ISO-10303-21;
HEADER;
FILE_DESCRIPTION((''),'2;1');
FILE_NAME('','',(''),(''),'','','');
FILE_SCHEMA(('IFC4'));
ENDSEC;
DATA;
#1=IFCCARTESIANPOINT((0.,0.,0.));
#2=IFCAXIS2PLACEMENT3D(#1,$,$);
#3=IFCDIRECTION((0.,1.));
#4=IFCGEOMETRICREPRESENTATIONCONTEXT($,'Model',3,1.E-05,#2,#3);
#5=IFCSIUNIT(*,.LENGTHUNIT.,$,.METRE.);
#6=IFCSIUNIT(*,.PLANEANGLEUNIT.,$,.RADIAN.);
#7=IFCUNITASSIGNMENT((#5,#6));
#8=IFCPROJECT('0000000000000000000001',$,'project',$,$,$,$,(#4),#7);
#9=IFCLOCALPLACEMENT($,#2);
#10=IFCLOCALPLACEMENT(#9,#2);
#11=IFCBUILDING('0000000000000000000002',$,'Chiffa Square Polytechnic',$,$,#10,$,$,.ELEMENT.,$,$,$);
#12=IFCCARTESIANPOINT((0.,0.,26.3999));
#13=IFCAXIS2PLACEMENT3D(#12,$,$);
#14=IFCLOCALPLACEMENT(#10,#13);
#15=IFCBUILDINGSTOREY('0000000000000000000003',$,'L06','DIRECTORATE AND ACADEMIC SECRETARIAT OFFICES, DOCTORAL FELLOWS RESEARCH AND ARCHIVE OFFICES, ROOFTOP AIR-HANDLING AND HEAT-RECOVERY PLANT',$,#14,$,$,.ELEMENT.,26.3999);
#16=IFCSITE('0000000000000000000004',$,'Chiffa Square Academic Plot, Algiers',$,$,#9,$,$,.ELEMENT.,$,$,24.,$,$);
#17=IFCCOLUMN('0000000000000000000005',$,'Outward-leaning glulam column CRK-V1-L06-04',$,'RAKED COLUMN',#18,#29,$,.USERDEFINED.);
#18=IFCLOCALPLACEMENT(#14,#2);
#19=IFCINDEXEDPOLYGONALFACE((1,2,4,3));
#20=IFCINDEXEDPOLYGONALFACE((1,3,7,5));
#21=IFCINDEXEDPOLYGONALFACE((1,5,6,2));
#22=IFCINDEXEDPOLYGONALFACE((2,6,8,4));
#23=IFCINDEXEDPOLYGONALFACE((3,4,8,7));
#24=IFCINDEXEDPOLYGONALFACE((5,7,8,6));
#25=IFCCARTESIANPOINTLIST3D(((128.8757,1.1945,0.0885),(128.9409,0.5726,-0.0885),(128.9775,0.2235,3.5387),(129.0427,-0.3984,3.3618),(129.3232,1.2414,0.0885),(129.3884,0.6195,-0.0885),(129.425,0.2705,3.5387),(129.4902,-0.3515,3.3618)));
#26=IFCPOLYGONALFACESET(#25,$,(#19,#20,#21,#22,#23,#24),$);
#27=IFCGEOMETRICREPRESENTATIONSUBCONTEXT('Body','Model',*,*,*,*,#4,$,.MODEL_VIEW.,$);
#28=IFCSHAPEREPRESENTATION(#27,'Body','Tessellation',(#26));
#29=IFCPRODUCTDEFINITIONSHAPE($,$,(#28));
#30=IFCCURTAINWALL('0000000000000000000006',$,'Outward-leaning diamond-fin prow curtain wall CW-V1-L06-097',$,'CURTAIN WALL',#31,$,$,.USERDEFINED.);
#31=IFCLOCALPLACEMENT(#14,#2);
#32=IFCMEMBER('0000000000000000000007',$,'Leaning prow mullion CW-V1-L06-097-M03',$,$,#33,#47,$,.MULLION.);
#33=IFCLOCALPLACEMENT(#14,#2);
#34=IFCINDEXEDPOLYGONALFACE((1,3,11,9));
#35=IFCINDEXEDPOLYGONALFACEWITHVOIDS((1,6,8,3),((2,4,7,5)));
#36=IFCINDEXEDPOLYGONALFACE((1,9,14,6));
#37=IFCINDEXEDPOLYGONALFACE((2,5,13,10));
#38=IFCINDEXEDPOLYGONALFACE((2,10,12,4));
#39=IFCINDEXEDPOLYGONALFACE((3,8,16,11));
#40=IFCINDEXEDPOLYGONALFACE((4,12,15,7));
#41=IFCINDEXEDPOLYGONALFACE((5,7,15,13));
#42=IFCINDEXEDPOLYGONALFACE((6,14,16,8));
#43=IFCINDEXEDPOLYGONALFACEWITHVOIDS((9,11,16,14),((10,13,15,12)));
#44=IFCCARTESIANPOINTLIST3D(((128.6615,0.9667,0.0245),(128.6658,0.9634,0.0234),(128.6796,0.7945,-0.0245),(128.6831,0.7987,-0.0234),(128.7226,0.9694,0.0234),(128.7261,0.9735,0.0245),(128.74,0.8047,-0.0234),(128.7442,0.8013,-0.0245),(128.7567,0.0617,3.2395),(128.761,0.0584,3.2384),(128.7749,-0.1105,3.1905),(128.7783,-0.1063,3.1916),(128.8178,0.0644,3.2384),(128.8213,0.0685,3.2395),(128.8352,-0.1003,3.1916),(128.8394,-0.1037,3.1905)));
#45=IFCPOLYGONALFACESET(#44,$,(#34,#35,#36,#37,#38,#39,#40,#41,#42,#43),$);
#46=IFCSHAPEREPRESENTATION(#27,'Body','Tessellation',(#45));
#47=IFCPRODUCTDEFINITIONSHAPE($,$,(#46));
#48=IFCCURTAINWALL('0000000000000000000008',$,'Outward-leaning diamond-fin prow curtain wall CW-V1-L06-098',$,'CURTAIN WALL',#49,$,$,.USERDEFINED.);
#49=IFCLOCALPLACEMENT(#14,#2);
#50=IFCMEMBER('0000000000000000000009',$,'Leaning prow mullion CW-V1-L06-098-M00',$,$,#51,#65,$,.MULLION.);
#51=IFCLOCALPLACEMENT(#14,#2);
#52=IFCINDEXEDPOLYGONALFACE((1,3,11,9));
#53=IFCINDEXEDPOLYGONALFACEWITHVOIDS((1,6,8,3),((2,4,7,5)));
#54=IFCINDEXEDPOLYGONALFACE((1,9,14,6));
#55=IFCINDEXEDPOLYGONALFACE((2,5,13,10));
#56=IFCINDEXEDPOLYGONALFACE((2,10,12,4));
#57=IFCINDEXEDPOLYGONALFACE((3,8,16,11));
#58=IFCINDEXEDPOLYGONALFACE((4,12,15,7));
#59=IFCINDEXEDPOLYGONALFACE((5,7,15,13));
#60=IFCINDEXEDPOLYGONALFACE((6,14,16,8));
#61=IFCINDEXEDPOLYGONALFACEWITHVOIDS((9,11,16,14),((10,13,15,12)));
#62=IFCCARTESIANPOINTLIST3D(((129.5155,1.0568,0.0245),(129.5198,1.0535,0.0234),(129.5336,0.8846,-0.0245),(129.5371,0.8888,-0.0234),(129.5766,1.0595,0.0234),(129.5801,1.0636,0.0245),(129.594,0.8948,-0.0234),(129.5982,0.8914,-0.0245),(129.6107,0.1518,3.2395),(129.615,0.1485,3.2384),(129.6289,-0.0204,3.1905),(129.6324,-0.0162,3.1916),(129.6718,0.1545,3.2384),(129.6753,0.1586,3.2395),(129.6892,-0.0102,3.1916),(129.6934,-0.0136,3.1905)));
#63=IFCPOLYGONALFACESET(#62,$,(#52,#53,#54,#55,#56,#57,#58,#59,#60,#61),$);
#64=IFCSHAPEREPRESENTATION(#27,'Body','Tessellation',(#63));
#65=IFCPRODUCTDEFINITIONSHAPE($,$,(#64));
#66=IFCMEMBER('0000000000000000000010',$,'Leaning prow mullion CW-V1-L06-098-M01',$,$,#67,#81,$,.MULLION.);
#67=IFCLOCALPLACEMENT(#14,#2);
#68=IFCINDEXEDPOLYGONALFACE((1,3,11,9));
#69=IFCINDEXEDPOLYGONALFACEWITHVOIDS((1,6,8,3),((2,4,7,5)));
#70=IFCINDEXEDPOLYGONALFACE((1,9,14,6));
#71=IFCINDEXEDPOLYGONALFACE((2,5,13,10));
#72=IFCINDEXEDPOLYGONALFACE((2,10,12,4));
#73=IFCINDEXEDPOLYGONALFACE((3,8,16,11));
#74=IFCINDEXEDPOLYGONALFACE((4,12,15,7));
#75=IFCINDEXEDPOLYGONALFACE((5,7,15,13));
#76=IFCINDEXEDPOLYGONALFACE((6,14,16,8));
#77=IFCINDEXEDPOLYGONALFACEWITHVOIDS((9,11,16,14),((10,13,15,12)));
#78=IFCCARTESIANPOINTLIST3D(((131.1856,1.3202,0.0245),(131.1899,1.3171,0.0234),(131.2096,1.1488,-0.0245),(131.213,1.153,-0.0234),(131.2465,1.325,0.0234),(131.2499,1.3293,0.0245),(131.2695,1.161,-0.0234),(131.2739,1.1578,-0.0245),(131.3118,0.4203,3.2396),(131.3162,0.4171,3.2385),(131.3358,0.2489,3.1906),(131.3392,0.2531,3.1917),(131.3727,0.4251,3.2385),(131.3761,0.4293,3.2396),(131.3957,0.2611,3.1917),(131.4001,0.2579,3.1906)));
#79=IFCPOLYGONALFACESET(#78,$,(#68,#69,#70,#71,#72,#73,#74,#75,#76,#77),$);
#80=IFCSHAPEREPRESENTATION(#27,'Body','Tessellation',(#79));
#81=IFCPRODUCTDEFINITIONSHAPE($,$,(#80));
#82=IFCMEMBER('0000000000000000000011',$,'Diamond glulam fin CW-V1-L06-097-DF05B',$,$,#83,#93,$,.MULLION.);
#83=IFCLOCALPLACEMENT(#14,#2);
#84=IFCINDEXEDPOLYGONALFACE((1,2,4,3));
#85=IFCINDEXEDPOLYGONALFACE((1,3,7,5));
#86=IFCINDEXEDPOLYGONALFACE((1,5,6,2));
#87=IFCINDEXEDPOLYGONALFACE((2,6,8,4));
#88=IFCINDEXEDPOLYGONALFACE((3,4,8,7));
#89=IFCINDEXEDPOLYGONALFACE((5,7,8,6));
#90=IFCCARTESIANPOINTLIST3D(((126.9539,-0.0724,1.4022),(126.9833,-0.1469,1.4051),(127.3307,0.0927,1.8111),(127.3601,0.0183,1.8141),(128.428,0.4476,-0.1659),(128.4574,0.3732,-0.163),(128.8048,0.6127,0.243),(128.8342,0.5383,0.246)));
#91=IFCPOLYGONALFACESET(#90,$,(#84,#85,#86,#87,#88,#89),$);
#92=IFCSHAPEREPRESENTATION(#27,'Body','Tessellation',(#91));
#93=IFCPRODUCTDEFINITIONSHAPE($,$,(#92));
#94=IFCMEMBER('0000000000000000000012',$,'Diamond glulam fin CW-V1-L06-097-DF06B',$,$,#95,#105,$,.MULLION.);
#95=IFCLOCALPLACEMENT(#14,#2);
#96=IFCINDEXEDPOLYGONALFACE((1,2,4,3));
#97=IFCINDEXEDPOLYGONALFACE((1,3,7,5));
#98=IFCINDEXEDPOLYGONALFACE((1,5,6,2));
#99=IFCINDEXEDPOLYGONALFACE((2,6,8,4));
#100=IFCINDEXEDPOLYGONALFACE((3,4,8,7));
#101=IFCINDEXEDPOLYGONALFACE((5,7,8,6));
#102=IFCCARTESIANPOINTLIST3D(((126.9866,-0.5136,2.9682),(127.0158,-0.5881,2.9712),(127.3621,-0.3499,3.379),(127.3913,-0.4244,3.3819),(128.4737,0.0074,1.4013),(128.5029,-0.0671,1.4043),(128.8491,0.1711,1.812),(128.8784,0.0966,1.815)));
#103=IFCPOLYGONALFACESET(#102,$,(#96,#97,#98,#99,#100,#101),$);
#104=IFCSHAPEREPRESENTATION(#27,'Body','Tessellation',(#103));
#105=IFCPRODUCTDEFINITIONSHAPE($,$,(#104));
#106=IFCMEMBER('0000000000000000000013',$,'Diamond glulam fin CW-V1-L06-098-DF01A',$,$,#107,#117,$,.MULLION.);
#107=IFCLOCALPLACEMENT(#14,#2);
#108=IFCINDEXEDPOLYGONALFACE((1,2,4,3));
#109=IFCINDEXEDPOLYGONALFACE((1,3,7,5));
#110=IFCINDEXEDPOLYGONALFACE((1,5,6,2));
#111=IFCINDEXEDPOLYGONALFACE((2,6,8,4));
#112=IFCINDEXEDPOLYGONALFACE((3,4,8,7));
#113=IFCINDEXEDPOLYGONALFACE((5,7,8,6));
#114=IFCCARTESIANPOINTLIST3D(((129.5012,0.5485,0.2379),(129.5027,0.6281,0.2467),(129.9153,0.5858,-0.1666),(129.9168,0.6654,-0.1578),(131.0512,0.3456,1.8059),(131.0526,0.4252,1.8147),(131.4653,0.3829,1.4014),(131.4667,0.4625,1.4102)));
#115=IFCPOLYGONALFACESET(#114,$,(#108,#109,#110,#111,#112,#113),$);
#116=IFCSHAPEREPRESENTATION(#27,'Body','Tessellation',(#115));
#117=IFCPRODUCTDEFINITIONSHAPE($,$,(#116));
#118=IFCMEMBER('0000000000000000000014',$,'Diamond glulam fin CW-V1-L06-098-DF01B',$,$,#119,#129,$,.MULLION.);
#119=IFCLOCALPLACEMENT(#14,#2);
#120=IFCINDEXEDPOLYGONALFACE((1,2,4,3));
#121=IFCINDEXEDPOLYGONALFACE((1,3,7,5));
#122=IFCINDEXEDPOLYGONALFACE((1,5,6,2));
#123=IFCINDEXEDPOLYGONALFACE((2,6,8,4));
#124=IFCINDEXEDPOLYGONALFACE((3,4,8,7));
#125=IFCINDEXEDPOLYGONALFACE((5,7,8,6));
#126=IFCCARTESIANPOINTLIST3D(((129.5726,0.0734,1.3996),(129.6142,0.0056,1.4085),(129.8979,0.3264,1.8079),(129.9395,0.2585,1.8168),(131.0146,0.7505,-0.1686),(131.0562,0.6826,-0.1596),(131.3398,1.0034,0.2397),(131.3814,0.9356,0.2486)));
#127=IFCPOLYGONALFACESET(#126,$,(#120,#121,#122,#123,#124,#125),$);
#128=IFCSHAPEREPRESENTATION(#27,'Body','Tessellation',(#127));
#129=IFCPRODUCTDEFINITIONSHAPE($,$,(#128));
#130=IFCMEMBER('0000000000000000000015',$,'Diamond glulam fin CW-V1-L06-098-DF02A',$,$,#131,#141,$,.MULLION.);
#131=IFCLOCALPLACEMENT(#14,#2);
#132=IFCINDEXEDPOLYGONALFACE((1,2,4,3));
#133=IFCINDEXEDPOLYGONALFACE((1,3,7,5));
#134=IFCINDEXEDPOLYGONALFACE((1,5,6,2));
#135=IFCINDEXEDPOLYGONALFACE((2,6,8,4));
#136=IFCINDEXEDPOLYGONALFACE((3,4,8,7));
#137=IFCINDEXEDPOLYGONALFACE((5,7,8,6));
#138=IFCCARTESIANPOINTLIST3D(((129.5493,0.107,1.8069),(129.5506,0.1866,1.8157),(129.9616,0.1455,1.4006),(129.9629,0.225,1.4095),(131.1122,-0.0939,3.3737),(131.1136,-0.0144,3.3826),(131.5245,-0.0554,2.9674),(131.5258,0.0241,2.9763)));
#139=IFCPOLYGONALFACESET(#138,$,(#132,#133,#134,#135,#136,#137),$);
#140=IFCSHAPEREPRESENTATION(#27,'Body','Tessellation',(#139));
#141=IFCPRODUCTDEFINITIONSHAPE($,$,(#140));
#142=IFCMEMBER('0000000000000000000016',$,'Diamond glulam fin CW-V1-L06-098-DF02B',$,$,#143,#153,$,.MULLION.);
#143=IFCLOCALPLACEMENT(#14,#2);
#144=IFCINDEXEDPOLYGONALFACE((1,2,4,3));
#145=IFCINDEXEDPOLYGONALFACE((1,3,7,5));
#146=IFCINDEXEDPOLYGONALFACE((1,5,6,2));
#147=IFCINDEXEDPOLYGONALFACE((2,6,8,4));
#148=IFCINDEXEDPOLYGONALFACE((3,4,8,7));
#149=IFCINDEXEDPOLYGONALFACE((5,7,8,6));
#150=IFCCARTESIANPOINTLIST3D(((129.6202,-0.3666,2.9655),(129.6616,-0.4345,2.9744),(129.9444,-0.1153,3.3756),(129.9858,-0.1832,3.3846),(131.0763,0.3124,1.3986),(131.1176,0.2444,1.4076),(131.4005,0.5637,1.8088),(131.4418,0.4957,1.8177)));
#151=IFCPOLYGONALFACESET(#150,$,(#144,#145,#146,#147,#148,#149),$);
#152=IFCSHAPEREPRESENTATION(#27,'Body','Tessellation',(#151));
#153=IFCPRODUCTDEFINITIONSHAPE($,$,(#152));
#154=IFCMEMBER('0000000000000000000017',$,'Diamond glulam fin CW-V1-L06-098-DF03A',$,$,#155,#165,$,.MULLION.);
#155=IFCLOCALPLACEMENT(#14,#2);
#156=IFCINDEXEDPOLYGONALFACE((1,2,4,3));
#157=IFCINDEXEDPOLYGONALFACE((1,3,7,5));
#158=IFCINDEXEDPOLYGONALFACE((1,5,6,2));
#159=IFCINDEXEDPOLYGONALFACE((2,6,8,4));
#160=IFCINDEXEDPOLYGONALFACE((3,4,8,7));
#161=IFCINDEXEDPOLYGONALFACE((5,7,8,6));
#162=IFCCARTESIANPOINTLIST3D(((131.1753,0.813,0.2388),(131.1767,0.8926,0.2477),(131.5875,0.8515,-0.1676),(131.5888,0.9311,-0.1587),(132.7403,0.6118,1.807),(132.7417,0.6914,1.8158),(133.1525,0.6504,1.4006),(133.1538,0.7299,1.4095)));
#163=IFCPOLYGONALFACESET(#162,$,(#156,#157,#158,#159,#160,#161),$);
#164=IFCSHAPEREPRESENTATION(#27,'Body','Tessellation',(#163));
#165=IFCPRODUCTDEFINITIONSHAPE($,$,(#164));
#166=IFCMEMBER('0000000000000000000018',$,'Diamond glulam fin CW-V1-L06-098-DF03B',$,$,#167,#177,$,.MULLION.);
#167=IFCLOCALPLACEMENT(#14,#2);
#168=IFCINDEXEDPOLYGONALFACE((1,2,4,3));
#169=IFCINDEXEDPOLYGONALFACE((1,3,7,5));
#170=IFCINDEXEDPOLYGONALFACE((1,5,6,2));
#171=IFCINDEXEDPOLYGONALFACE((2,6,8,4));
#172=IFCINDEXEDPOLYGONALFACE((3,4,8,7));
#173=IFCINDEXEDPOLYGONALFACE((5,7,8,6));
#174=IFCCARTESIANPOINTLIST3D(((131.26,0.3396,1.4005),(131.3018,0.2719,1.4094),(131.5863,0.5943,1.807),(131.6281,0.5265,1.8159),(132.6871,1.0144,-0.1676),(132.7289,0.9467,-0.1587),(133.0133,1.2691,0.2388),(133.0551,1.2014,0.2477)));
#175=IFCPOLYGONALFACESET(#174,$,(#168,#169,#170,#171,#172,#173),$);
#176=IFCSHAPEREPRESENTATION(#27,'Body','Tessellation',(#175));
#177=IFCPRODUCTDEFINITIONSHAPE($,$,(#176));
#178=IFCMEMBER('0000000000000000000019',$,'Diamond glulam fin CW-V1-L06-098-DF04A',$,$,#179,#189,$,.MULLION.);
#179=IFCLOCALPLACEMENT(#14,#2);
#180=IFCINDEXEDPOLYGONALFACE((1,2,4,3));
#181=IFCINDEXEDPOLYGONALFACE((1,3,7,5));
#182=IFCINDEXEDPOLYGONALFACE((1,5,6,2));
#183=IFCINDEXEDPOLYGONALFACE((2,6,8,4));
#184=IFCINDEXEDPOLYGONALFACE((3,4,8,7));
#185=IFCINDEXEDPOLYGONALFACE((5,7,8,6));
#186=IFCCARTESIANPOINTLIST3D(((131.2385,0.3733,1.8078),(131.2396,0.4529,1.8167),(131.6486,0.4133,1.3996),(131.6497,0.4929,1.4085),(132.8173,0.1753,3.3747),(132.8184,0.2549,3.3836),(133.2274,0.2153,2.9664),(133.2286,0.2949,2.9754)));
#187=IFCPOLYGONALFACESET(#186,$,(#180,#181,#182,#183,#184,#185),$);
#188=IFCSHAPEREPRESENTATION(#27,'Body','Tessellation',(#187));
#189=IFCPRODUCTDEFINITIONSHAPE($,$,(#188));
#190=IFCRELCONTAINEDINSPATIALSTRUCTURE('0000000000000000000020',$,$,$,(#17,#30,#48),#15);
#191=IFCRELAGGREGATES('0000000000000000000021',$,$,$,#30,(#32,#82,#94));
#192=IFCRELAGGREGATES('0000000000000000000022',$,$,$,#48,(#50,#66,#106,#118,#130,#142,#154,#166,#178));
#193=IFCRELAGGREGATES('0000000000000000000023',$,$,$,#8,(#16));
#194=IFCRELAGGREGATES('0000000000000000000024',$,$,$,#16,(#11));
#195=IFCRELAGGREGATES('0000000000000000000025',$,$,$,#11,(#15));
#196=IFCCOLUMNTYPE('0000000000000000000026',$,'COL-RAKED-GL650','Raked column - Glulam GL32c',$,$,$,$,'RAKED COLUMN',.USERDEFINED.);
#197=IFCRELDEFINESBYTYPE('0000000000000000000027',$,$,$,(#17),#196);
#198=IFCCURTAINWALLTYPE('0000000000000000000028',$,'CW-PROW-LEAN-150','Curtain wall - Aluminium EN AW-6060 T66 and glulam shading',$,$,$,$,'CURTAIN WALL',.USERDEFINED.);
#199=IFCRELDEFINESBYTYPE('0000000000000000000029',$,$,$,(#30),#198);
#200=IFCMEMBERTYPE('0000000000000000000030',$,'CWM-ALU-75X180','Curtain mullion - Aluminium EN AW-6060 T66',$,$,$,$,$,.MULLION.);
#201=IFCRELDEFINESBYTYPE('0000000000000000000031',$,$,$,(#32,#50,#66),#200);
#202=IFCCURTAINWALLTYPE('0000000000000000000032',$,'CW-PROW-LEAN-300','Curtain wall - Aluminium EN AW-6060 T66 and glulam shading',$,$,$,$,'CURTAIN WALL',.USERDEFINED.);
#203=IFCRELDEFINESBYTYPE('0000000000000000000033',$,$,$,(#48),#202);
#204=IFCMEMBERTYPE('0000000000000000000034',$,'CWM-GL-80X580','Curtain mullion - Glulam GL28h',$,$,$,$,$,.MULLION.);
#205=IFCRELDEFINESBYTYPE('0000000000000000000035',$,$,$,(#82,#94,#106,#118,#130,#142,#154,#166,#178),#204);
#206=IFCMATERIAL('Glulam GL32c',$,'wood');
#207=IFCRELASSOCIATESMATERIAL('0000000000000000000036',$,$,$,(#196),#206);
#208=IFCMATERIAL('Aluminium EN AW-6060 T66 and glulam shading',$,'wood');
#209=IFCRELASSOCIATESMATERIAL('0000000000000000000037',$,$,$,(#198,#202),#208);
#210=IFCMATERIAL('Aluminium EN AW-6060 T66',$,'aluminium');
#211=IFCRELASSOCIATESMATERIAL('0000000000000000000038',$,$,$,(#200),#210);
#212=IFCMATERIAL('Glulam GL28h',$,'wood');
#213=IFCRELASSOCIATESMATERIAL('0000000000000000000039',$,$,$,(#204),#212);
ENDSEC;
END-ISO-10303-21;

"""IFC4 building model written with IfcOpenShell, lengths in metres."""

from ifc_helpers import new_model, si_unit, direction, frame, origin, origin_2d, place, context, subcontext, project, spatial, rectangle, hollow_rectangle, extrude, material, material_profile, profile_set, type_object, element, aggregate, save


model = new_model("IFC4")

# Units and contexts
model_context = context("Model", 3, precision=1e-05, world=origin(), true_north=direction((0.0, 1.0)))
body_context = subcontext(model_context, "Body", "Model", "MODEL_VIEW")
ifc_project = project(units=[si_unit("LENGTHUNIT", "METRE"), si_unit("PLANEANGLEUNIT", "RADIAN")], contexts=[model_context])

# Site, building, storey
site_placement = place(None, origin())
site = spatial("IfcSite", under=ifc_project, at=site_placement, Name="Chiffa Square Academic Plot, Algiers", CompositionType="ELEMENT", RefElevation=24.0)
building_placement = place(site_placement, origin())
building = spatial("IfcBuilding", under=site, at=building_placement, Name="Chiffa Square Polytechnic", CompositionType="ELEMENT")
storey_placement = place(building_placement, frame((0.0, 0.0, 26.3999)))
storey = spatial("IfcBuildingStorey", under=building, at=storey_placement, Name="L06", Description="DIRECTORATE AND ACADEMIC SECRETARIAT OFFICES, DOCTORAL FELLOWS RESEARCH AND ARCHIVE OFFICES, ROOFTOP AIR-HANDLING AND HEAT-RECOVERY PLANT", CompositionType="ELEMENT", Elevation=26.3999)

# Column
ifc_material_1 = material(Name="Glulam GL32c", Category="wood")
ifc_material_profile_1 = material_profile(ifc_material_1, rectangle(XDim=0.45, YDim=0.6499, at=origin_2d()), Name="GL32c 450x650")
ifc_profile_set_1 = profile_set([ifc_material_profile_1], Name="Glulam GL32c")
column_type = type_object("IfcColumnType", Name="COL-RAKED-GL650", Description="Raked column - Glulam GL32c", ElementType="RAKED COLUMN", PredefinedType="USERDEFINED", material=ifc_profile_set_1)
column_placement = place(storey_placement, frame((129.1321, 0.907, 0.0), z_axis=(0.028393, -0.270786, 0.962221), x_axis=(0.994548, 0.104281, 0.0)))
element("IfcColumn", 1, at=column_placement, inside=storey, type_object=column_type, Name="Outward-leaning glulam column CRK-V1-L06-04", ObjectType="RAKED COLUMN", PredefinedType="USERDEFINED", context=body_context, shape_type="SweptSolid", body=[
    extrude(rectangle(XDim=0.45, YDim=0.6499, at=origin_2d()), origin(), (0.0, 0.0, 1.0), 3.5857),
])

# Curtain wall, member
ifc_material_2 = material(Name="Aluminium EN AW-6060 T66 and glulam shading", Category="wood")
curtain_wall_type_1 = type_object("IfcCurtainWallType", Name="CW-PROW-LEAN-150", Description="Curtain wall - Aluminium EN AW-6060 T66 and glulam shading", ElementType="CURTAIN WALL", PredefinedType="USERDEFINED", material=ifc_material_2)
curtain_wall_1_placement = place(storey_placement, origin())
curtain_wall_1 = element("IfcCurtainWall", 2, at=curtain_wall_1_placement, inside=storey, type_object=curtain_wall_type_1, Name="Outward-leaning diamond-fin prow curtain wall CW-V1-L06-097", ObjectType="CURTAIN WALL", PredefinedType="USERDEFINED")
ifc_material_3 = material(Name="Aluminium EN AW-6060 T66", Category="aluminium")
ifc_material_profile_2 = material_profile(ifc_material_3, hollow_rectangle(XDim=0.0649, YDim=0.1799, WallThickness=0.0039, at=origin_2d()), Name="ALU 65x180x4")
ifc_profile_set_2 = profile_set([ifc_material_profile_2], Name="Aluminium EN AW-6060 T66")
member_type_1 = type_object("IfcMemberType", Name="CWM-ALU-75X180", Description="Curtain mullion - Aluminium EN AW-6060 T66", PredefinedType="MULLION", material=ifc_profile_set_2)
member_1_placement = place(storey_placement, frame((128.7029, 0.884, 0.0), z_axis=(0.028496, -0.270854, 0.962199), x_axis=(0.994511, 0.104629, 0.0)))
member_1 = element("IfcMember", 3, at=member_1_placement, type_object=member_type_1, Name="Leaning prow mullion CW-V1-L06-097-M03", PredefinedType="MULLION", context=body_context, shape_type="SweptSolid", body=[
    extrude(hollow_rectangle(XDim=0.0649, YDim=0.1799, WallThickness=0.0039, at=origin_2d()), origin(), (0.0, 0.0, 1.0), 3.3413),
])

# Curtain wall, members
curtain_wall_type_2 = type_object("IfcCurtainWallType", Name="CW-PROW-LEAN-300", Description="Curtain wall - Aluminium EN AW-6060 T66 and glulam shading", ElementType="CURTAIN WALL", PredefinedType="USERDEFINED", material=ifc_material_2)
curtain_wall_2_placement = place(storey_placement, origin())
curtain_wall_2 = element("IfcCurtainWall", 4, at=curtain_wall_2_placement, inside=storey, type_object=curtain_wall_type_2, Name="Outward-leaning diamond-fin prow curtain wall CW-V1-L06-098", ObjectType="CURTAIN WALL", PredefinedType="USERDEFINED")
member_2_placement = place(storey_placement, frame((129.5569, 0.9741, 0.0), z_axis=(0.028496, -0.270854, 0.962199), x_axis=(0.994511, 0.104629, 0.0)))
member_2 = element("IfcMember", 5, at=member_2_placement, type_object=member_type_1, Name="Leaning prow mullion CW-V1-L06-098-M00", PredefinedType="MULLION", context=body_context, shape_type="SweptSolid", body=[
    extrude(hollow_rectangle(XDim=0.0649, YDim=0.1799, WallThickness=0.0039, at=origin_2d()), origin(), (0.0, 0.0, 1.0), 3.3413),
])
member_3_placement = place(storey_placement, frame((131.2297, 1.239, 0.0), z_axis=(0.037779, -0.269348, 0.962302), x_axis=(0.990306, 0.138901, 0.0)))
member_3 = element("IfcMember", 6, at=member_3_placement, type_object=member_type_1, Name="Leaning prow mullion CW-V1-L06-098-M01", PredefinedType="MULLION", context=body_context, shape_type="SweptSolid", body=[
    extrude(hollow_rectangle(XDim=0.0649, YDim=0.1799, WallThickness=0.0039, at=origin_2d()), origin(), (0.0, 0.0, 1.0), 3.3411),
])

# Members
ifc_material_4 = material(Name="Glulam GL28h", Category="wood")
ifc_material_profile_3 = material_profile(ifc_material_4, rectangle(XDim=0.0801, YDim=0.5801, at=origin_2d()), Name="GL28h 80x580")
ifc_profile_set_3 = profile_set([ifc_material_profile_3], Name="Glulam GL28h")
member_type_2 = type_object("IfcMemberType", Name="CWM-GL-80X580", Description="Curtain mullion - Glulam GL28h", PredefinedType="MULLION", material=ifc_profile_set_3)
member_4_placement = place(storey_placement, frame((128.6311, 0.4929, 0.04), z_axis=(-0.665774, -0.234862, 0.708226), x_axis=(0.367172, -0.929419, 0.036948)))
member_4 = element("IfcMember", 7, at=member_4_placement, type_object=member_type_2, Name="Diamond glulam fin CW-V1-L06-097-DF05B", PredefinedType="MULLION", context=body_context, shape_type="SweptSolid", body=[
    extrude(rectangle(XDim=0.0801, YDim=0.5801, at=origin_2d()), origin(), (0.0, 0.0, 1.0), 2.2141),
])
member_5_placement = place(storey_placement, frame((128.676, 0.052, 1.6082), z_axis=(-0.669199, -0.234456, 0.705126), x_axis=(0.365022, -0.930259, 0.03711)))
member_5 = element("IfcMember", 8, at=member_5_placement, type_object=member_type_2, Name="Diamond glulam fin CW-V1-L06-097-DF06B", PredefinedType="MULLION", context=body_context, shape_type="SweptSolid", body=[
    extrude(rectangle(XDim=0.0801, YDim=0.5801, at=origin_2d()), origin(), (0.0, 0.0, 1.0), 2.2222),
])
aggregate(curtain_wall_1, [member_1, member_4, member_5])
member_6_placement = place(storey_placement, frame((129.709, 0.6069, 0.04), z_axis=(0.700041, -0.091626, 0.7082), x_axis=(0.018332, 0.993713, 0.110445)))
member_6 = element("IfcMember", 9, at=member_6_placement, type_object=member_type_2, Name="Diamond glulam fin CW-V1-L06-098-DF01A", PredefinedType="MULLION", context=body_context, shape_type="SweptSolid", body=[
    extrude(rectangle(XDim=0.0801, YDim=0.5801, at=origin_2d()), origin(), (0.0, 0.0, 1.0), 2.2141),
])
member_7_placement = place(storey_placement, frame((131.198, 0.843, 0.04), z_axis=(-0.645069, -0.302874, 0.701537), x_axis=(0.519114, -0.847403, 0.11148)))
member_7 = element("IfcMember", 10, at=member_7_placement, type_object=member_type_2, Name="Diamond glulam fin CW-V1-L06-098-DF01B", PredefinedType="MULLION", context=body_context, shape_type="SweptSolid", body=[
    extrude(rectangle(XDim=0.0801, YDim=0.5801, at=origin_2d()), origin(), (0.0, 0.0, 1.0), 2.2354),
])
member_8_placement = place(storey_placement, frame((129.7561, 0.166, 1.6082), z_axis=(0.703331, -0.090416, 0.705089), x_axis=(0.016535, 0.993691, 0.110931)))
member_8 = element("IfcMember", 11, at=member_8_placement, type_object=member_type_2, Name="Diamond glulam fin CW-V1-L06-098-DF02A", PredefinedType="MULLION", context=body_context, shape_type="SweptSolid", body=[
    extrude(rectangle(XDim=0.0801, YDim=0.5801, at=origin_2d()), origin(), (0.0, 0.0, 1.0), 2.2222),
])
member_9_placement = place(storey_placement, frame((131.259, 0.4041, 1.6082), z_axis=(-0.648821, -0.302544, 0.698211), x_axis=(0.516399, -0.848994, 0.11199)))
member_9 = element("IfcMember", 12, at=member_9_placement, type_object=member_type_2, Name="Diamond glulam fin CW-V1-L06-098-DF02B", PredefinedType="MULLION", context=body_context, shape_type="SweptSolid", body=[
    extrude(rectangle(XDim=0.0801, YDim=0.5801, at=origin_2d()), origin(), (0.0, 0.0, 1.0), 2.2441),
])
member_10_placement = place(storey_placement, frame((131.3821, 0.8721, 0.04), z_axis=(0.703496, -0.090434, 0.704922), x_axis=(0.016556, 0.993687, 0.110957)))
member_10 = element("IfcMember", 13, at=member_10_placement, type_object=member_type_2, Name="Diamond glulam fin CW-V1-L06-098-DF03A", PredefinedType="MULLION", context=body_context, shape_type="SweptSolid", body=[
    extrude(rectangle(XDim=0.0801, YDim=0.5801, at=origin_2d()), origin(), (0.0, 0.0, 1.0), 2.2246),
])
member_11_placement = place(storey_placement, frame((132.8711, 1.1079, 0.04), z_axis=(-0.641346, -0.303281, 0.704767), x_axis=(0.521899, -0.845757, 0.110981)))
member_11 = element("IfcMember", 14, at=member_11_placement, type_object=member_type_2, Name="Diamond glulam fin CW-V1-L06-098-DF03B", PredefinedType="MULLION", context=body_context, shape_type="SweptSolid", body=[
    extrude(rectangle(XDim=0.0801, YDim=0.5801, at=origin_2d()), origin(), (0.0, 0.0, 1.0), 2.2251),
])
member_12_placement = place(storey_placement, frame((131.4441, 0.4331, 1.6082), z_axis=(0.706995, -0.088661, 0.701639), x_axis=(0.013992, 0.99367, 0.111465)))
member_12 = element("IfcMember", 15, at=member_12_placement, type_object=member_type_2, Name="Diamond glulam fin CW-V1-L06-098-DF04A", PredefinedType="MULLION", context=body_context, shape_type="SweptSolid", body=[
    extrude(rectangle(XDim=0.0801, YDim=0.5801, at=origin_2d()), origin(), (0.0, 0.0, 1.0), 2.2332),
])

aggregate(curtain_wall_2, [member_2, member_3, member_6, member_7, member_8, member_9, member_10, member_11, member_12])

save(model, "model.ifc")
